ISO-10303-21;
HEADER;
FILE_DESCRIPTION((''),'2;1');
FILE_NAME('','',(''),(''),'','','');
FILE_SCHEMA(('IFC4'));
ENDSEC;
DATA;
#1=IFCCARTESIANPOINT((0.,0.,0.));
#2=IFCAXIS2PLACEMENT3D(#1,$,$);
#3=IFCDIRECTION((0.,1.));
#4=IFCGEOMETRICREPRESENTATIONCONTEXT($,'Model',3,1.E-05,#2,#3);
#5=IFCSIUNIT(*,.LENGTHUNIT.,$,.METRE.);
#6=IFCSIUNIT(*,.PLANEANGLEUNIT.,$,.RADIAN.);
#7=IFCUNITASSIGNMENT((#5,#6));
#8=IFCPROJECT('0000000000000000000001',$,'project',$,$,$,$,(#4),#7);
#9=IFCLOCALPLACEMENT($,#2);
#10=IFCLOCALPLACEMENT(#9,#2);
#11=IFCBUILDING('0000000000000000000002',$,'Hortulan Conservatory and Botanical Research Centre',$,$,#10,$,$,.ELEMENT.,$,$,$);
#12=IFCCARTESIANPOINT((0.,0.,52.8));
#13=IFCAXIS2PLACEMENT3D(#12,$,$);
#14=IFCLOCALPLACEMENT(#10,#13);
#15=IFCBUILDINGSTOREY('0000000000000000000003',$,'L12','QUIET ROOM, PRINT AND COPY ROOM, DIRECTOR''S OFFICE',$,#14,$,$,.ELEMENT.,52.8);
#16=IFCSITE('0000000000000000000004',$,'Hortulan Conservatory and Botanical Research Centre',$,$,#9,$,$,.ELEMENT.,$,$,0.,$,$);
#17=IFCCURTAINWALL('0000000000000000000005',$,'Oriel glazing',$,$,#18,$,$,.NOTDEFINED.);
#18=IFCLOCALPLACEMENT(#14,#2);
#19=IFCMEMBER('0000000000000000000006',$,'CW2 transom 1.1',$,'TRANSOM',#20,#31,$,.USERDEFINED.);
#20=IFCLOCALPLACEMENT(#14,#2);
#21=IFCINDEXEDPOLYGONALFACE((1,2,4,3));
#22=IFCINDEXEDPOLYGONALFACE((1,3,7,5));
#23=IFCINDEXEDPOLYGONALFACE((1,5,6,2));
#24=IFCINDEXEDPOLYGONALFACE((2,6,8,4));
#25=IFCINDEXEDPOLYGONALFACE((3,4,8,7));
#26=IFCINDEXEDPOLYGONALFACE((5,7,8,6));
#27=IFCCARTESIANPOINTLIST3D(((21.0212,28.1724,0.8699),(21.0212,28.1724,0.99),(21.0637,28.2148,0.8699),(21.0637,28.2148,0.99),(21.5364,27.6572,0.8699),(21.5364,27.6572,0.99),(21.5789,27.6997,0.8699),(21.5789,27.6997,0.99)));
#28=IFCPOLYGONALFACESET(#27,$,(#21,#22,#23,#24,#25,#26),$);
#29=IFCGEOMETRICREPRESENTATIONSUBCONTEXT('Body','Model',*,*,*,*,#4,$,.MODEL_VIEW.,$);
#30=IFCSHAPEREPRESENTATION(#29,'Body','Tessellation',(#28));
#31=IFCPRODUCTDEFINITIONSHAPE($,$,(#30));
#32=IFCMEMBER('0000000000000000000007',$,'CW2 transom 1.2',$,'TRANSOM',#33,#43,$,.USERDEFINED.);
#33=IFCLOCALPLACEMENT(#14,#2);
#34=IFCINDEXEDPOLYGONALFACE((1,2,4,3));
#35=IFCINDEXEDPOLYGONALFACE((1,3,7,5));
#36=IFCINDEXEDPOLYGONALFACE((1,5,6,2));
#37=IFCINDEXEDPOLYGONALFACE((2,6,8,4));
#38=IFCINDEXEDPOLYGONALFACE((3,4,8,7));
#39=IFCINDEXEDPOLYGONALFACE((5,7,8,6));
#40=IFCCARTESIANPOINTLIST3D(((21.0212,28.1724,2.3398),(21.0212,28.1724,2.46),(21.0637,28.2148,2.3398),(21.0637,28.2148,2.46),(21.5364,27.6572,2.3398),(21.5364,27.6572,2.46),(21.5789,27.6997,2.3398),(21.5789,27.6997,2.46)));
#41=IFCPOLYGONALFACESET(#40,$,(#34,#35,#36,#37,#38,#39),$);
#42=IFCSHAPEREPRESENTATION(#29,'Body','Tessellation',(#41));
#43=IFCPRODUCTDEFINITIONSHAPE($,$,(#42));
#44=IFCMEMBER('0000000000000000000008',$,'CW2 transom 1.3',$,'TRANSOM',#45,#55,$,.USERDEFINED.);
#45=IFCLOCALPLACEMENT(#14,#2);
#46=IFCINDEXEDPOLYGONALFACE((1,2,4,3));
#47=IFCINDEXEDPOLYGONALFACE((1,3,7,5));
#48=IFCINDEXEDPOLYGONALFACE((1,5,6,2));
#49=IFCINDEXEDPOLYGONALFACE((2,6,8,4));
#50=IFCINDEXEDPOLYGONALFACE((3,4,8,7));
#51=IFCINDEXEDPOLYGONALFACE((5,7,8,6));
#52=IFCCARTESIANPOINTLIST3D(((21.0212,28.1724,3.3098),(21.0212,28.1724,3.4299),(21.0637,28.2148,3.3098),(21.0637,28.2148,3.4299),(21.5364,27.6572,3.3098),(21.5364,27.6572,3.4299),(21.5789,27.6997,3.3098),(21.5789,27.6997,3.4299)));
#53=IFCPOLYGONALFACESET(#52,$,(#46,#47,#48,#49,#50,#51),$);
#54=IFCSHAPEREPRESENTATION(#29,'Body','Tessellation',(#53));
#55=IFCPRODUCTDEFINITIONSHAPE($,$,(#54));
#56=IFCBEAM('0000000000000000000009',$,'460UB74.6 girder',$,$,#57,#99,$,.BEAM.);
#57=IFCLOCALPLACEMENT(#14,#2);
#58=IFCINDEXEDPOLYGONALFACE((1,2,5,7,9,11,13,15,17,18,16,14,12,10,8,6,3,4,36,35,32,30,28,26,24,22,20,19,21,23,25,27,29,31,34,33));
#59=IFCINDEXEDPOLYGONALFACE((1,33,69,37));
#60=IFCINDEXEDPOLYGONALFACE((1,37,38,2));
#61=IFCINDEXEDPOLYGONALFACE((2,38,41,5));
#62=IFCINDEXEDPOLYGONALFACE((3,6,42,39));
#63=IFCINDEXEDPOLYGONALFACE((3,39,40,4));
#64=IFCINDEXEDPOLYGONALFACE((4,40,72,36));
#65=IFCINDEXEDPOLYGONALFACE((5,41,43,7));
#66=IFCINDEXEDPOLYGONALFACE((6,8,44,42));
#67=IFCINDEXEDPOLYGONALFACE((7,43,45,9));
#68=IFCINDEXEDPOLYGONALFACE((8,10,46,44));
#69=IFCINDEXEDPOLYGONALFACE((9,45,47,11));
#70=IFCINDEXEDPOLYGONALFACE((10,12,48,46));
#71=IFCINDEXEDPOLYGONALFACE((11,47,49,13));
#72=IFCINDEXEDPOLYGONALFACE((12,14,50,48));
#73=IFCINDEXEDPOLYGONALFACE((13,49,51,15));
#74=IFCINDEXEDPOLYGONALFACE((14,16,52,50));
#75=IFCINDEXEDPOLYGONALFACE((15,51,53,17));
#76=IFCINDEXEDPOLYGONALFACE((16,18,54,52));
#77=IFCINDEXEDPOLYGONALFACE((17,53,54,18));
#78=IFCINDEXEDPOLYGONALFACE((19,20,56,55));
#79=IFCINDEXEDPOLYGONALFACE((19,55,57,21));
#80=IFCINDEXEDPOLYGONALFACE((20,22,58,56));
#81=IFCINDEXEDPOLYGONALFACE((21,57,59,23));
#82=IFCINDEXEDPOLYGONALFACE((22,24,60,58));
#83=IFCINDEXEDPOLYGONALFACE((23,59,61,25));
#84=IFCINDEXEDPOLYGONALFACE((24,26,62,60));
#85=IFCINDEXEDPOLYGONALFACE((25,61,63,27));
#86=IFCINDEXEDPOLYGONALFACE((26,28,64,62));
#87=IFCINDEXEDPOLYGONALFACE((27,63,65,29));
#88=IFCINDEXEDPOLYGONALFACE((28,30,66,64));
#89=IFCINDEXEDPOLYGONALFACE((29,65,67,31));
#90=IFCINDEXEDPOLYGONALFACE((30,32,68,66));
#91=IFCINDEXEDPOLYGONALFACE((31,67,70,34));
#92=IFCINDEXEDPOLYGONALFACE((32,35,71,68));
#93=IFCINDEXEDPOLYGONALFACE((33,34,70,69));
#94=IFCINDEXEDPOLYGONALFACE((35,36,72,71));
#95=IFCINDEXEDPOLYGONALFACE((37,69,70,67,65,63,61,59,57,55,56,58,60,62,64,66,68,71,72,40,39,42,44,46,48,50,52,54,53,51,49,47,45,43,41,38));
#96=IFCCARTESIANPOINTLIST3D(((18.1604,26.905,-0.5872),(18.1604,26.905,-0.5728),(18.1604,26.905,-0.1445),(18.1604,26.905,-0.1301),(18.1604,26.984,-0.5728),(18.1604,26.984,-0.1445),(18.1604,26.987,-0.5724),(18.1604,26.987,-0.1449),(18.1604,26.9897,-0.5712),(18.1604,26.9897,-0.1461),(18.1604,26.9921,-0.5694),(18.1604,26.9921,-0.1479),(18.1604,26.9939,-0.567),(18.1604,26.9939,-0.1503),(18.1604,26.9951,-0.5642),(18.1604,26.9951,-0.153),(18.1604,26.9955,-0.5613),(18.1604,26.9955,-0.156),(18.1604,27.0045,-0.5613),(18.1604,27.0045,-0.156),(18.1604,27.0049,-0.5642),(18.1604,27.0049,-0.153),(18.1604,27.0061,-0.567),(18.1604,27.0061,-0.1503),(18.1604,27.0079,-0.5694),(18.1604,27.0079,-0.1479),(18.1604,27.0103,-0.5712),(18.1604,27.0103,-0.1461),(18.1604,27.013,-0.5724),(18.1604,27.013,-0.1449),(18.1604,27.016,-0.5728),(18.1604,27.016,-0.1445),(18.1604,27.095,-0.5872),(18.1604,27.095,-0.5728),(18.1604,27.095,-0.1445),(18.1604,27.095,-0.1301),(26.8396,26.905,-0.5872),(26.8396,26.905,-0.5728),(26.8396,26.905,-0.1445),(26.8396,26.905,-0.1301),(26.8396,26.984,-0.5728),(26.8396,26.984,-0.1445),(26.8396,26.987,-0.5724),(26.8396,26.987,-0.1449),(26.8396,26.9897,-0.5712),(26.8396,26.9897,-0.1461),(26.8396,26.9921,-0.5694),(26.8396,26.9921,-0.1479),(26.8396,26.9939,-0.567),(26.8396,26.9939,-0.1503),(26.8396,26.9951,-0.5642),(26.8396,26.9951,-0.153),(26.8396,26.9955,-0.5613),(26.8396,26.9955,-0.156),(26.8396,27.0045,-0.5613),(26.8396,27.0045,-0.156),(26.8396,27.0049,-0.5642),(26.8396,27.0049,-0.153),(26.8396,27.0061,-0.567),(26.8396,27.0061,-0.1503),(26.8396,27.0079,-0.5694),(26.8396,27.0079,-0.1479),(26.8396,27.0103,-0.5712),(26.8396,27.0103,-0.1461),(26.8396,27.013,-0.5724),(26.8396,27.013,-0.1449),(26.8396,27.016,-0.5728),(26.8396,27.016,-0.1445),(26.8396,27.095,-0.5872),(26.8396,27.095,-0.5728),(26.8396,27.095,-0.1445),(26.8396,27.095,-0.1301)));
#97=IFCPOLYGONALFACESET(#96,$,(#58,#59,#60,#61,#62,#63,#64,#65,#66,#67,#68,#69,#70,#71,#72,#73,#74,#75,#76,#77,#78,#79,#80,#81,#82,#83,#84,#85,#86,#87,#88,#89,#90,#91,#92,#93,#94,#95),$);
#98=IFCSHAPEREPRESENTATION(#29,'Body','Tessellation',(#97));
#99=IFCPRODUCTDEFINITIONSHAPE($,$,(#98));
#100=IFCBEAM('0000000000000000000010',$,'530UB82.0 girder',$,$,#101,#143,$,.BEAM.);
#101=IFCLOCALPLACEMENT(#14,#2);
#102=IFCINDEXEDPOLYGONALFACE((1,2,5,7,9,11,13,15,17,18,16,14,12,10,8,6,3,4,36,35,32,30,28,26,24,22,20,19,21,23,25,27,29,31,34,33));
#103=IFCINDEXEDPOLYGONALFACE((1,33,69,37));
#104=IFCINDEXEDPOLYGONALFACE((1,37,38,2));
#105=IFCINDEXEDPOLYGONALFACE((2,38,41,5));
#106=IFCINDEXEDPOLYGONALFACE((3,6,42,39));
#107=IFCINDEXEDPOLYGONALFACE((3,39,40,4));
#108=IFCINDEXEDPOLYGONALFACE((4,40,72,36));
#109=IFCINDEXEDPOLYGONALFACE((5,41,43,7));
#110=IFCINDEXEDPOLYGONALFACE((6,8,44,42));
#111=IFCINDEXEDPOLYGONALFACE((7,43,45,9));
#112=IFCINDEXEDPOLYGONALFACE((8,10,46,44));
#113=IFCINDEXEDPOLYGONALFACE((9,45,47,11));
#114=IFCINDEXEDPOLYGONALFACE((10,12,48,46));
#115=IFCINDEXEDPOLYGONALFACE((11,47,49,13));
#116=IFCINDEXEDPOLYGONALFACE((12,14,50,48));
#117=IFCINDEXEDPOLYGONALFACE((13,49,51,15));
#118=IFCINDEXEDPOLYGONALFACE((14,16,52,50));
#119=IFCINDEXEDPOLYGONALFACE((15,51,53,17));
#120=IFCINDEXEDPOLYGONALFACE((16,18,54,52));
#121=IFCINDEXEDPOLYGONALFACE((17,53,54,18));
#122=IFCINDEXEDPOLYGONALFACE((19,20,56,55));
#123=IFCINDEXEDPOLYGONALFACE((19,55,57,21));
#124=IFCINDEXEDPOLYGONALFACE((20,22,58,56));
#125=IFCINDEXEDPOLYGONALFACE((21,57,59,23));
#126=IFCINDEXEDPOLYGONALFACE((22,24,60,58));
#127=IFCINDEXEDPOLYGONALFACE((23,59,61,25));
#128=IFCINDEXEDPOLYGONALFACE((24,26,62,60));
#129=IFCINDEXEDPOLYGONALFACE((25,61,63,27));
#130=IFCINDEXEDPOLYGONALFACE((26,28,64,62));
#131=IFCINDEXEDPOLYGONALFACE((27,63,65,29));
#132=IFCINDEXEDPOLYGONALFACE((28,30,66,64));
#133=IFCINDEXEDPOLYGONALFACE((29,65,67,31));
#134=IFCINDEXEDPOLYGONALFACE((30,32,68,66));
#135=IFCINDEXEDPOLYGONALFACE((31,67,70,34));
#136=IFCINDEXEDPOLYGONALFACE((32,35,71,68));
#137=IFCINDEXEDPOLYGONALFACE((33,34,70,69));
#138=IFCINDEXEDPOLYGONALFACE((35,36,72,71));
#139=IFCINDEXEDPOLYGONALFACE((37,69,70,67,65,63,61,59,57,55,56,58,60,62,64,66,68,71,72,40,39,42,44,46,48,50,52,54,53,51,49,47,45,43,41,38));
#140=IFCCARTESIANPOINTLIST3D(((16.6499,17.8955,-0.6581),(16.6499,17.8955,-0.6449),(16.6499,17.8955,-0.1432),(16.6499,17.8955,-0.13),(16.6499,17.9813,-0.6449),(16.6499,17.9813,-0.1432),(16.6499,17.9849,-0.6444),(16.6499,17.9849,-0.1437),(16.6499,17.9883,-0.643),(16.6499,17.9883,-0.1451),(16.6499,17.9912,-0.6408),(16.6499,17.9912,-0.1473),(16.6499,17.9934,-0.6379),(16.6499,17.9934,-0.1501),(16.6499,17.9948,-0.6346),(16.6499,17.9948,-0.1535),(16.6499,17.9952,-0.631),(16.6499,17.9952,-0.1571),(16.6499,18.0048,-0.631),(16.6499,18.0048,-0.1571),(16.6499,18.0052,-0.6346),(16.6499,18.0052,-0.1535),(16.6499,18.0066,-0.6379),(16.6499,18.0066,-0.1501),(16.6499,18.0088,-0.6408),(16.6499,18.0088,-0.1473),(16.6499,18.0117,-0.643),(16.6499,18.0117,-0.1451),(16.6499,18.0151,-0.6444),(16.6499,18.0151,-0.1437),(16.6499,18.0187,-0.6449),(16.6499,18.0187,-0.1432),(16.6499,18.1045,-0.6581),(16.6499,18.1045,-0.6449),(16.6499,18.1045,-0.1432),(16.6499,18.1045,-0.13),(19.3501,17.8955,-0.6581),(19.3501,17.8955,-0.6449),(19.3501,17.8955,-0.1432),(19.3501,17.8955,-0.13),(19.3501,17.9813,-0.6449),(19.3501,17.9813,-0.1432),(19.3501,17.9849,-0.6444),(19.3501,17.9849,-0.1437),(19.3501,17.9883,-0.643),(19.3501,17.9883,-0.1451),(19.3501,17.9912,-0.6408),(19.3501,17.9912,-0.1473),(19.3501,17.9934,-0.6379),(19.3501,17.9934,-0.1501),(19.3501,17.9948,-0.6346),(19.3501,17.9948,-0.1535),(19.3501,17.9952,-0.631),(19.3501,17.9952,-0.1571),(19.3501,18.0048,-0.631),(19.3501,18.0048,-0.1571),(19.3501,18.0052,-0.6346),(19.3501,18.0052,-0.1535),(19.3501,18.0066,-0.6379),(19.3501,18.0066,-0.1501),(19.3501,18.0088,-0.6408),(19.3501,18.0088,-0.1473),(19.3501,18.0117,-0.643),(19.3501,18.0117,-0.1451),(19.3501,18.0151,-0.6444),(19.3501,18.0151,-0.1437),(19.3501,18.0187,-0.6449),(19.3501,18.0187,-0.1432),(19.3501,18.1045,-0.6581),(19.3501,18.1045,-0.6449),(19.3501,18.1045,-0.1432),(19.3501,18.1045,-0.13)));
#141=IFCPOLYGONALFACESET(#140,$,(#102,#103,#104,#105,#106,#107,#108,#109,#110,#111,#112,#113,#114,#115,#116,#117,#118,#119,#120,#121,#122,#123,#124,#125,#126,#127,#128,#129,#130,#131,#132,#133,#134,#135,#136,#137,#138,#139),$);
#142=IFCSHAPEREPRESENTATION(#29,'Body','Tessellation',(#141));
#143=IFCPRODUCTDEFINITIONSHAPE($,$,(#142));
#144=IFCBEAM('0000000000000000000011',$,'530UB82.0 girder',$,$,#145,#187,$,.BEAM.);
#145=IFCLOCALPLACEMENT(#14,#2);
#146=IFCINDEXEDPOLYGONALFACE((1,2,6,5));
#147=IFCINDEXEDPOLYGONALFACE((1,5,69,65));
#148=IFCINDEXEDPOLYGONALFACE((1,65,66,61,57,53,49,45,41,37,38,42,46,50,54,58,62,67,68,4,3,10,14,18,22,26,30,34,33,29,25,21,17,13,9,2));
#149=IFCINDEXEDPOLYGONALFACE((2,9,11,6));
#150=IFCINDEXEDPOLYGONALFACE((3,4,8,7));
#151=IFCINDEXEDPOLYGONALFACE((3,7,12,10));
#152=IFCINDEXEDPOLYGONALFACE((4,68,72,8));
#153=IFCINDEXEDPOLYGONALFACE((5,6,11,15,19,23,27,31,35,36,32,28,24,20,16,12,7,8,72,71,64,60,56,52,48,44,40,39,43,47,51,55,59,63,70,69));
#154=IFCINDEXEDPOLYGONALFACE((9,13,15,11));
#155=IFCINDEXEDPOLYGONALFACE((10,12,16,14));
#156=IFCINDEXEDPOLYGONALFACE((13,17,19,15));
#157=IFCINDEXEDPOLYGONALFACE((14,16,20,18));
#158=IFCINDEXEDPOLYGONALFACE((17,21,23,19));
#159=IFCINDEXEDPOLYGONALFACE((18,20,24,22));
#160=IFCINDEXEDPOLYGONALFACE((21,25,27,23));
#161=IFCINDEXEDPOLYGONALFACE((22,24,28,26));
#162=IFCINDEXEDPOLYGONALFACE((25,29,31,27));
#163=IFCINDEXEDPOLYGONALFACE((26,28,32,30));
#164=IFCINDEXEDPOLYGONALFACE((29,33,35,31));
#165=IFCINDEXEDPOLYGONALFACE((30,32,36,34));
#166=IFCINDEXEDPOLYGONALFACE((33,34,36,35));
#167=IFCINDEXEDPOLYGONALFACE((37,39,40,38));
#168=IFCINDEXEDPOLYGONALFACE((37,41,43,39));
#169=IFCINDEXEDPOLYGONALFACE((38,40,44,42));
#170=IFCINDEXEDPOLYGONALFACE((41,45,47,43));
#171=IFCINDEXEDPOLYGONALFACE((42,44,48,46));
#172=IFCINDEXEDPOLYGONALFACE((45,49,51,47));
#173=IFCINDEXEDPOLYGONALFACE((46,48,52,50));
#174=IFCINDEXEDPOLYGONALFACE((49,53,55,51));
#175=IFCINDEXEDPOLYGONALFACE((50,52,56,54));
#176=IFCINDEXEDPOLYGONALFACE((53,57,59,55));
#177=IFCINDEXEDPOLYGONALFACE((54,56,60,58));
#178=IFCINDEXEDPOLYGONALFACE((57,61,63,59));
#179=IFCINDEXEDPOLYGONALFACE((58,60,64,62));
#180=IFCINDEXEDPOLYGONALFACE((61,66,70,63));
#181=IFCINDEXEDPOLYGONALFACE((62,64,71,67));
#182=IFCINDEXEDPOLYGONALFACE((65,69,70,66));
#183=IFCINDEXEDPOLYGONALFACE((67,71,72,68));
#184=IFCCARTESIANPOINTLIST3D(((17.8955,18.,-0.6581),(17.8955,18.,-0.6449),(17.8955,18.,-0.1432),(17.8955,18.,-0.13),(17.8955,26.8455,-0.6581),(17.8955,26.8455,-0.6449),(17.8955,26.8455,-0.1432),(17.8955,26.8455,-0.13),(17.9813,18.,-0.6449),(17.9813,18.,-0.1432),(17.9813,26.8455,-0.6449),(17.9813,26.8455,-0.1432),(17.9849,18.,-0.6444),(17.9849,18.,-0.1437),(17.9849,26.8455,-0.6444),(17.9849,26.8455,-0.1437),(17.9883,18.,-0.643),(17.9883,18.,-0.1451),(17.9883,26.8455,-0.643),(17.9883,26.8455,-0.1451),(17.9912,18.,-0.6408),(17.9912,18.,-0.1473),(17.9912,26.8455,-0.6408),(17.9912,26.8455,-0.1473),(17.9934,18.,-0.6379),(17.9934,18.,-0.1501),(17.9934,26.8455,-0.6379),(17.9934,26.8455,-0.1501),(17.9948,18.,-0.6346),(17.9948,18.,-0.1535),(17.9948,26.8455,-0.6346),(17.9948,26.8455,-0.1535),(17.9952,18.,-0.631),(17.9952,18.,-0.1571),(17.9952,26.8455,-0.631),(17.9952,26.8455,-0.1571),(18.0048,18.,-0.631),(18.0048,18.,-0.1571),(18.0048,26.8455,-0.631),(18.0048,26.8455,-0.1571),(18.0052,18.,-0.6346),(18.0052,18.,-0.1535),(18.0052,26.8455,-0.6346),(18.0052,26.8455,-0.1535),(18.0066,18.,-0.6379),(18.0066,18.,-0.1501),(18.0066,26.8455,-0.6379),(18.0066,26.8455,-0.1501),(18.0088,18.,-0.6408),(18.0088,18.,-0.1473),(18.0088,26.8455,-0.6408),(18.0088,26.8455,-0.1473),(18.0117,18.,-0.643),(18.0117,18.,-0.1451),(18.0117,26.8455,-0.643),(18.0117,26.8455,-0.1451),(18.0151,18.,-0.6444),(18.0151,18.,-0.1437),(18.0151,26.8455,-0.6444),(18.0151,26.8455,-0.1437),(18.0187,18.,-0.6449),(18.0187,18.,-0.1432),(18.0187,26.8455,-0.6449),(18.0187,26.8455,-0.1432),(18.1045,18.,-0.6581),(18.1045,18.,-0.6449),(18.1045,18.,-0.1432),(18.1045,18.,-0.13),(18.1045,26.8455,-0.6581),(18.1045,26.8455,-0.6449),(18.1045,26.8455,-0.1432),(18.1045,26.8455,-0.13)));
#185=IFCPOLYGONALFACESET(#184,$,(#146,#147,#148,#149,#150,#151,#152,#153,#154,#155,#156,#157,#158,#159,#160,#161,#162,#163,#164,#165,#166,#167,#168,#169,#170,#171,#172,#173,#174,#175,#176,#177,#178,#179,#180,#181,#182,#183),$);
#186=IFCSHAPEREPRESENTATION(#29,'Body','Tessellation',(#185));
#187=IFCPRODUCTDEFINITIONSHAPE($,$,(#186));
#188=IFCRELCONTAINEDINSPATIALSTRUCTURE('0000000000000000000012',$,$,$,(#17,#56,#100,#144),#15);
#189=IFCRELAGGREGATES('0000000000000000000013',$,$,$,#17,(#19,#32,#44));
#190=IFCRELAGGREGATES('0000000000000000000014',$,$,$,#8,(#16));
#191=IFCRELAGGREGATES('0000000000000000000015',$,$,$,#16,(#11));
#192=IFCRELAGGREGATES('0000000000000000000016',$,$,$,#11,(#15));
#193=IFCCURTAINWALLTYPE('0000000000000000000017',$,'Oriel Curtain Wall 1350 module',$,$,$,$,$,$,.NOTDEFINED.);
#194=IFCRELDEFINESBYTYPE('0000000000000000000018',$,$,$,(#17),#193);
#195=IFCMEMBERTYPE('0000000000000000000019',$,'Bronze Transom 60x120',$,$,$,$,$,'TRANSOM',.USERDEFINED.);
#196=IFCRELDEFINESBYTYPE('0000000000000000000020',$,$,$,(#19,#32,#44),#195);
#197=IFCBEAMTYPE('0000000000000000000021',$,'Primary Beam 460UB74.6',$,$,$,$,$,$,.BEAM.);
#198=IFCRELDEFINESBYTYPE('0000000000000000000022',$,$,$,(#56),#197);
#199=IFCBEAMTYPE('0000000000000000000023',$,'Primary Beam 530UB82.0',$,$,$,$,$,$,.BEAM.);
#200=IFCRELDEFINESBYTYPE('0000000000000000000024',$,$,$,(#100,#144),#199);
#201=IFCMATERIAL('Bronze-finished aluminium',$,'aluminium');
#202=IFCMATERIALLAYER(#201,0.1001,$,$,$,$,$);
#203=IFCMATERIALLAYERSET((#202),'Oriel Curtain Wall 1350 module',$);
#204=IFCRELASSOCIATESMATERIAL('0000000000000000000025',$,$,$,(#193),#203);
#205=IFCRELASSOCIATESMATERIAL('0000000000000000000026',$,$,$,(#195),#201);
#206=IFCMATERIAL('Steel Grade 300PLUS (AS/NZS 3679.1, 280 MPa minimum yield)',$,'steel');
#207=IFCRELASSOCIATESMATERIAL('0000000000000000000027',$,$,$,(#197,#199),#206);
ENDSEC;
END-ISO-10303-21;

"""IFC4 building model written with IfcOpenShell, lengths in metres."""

from ifc_helpers import new_model, si_unit, direction, frame, origin, origin_2d, place, context, subcontext, project, spatial, rectangle, i_section, extrude, material, layer, layer_set, material_profile, profile_set, type_object, element, aggregate, save


model = new_model("IFC4")

# Units and contexts
model_context = context("Model", 3, precision=1e-05, world=origin(), true_north=direction((0.0, 1.0)))
body_context = subcontext(model_context, "Body", "Model", "MODEL_VIEW")
ifc_project = project(units=[si_unit("LENGTHUNIT", "METRE"), si_unit("PLANEANGLEUNIT", "RADIAN")], contexts=[model_context])

# Site, building, storey
site_placement = place(None, origin())
site = spatial("IfcSite", under=ifc_project, at=site_placement, Name="Hortulan Conservatory and Botanical Research Centre", CompositionType="ELEMENT", RefElevation=0.0)
building_placement = place(site_placement, origin())
building = spatial("IfcBuilding", under=site, at=building_placement, Name="Hortulan Conservatory and Botanical Research Centre", CompositionType="ELEMENT")
storey_placement = place(building_placement, frame((0.0, 0.0, 52.8)))
storey = spatial("IfcBuildingStorey", under=building, at=storey_placement, Name="L12", Description="QUIET ROOM, PRINT AND COPY ROOM, DIRECTOR'S OFFICE", CompositionType="ELEMENT", Elevation=52.8)

# Shared definitions
ifc_material_1 = material(Name="Steel Grade 300PLUS (AS/NZS 3679.1, 280 MPa minimum yield)", Category="steel")

# Shared definitions
ifc_material_2 = material(Name="Bronze-finished aluminium", Category="aluminium")
ifc_layer_1 = layer(ifc_material_2, 0.1001)
ifc_layer_set_1 = layer_set([ifc_layer_1], Name="Oriel Curtain Wall 1350 module")
curtain_wall_type = type_object("IfcCurtainWallType", Name="Oriel Curtain Wall 1350 module", PredefinedType="NOTDEFINED", material=ifc_layer_set_1)

# Curtain wall
curtain_wall_1_placement = place(storey_placement, origin())
curtain_wall_1 = element("IfcCurtainWall", 1, at=curtain_wall_1_placement, inside=storey, type_object=curtain_wall_type, Name="Oriel glazing", PredefinedType="NOTDEFINED")

# Members
ifc_material_profile_1 = material_profile(ifc_material_2, rectangle(XDim=0.0601, YDim=0.1201, at=origin_2d()), Name="Bronze Transom 60x120")
ifc_profile_set_1 = profile_set([ifc_material_profile_1], Name="Bronze-finished aluminium")
member_type_1 = type_object("IfcMemberType", Name="Bronze Transom 60x120", ElementType="TRANSOM", PredefinedType="USERDEFINED", material=ifc_profile_set_1)
member_1_placement = place(storey_placement, frame((21.0425, 28.1936, 0.9299), z_axis=(0.707107, -0.707107, 0.0), x_axis=(0.707107, 0.707107, 0.0)))
member_1 = element("IfcMember", 2, at=member_1_placement, type_object=member_type_1, Name="CW2 transom 1.1", ObjectType="TRANSOM", PredefinedType="USERDEFINED", context=body_context, shape_type="SweptSolid", body=[
    extrude(rectangle(XDim=0.0601, YDim=0.1201, at=origin_2d()), origin(), (0.0, 0.0, 1.0), 0.7285),
])
member_2_placement = place(storey_placement, frame((21.0425, 28.1936, 2.3999), z_axis=(0.707107, -0.707107, 0.0), x_axis=(0.707107, 0.707107, 0.0)))
member_2 = element("IfcMember", 3, at=member_2_placement, type_object=member_type_1, Name="CW2 transom 1.2", ObjectType="TRANSOM", PredefinedType="USERDEFINED", context=body_context, shape_type="SweptSolid", body=[
    extrude(rectangle(XDim=0.0601, YDim=0.1201, at=origin_2d()), origin(), (0.0, 0.0, 1.0), 0.7285),
])
member_3_placement = place(storey_placement, frame((21.0425, 28.1936, 3.3699), z_axis=(0.707107, -0.707107, 0.0), x_axis=(0.707107, 0.707107, 0.0)))
member_3 = element("IfcMember", 4, at=member_3_placement, type_object=member_type_1, Name="CW2 transom 1.3", ObjectType="TRANSOM", PredefinedType="USERDEFINED", context=body_context, shape_type="SweptSolid", body=[
    extrude(rectangle(XDim=0.0601, YDim=0.1201, at=origin_2d()), origin(), (0.0, 0.0, 1.0), 0.7285),
])

# Beams
ifc_material_profile_2 = material_profile(ifc_material_1, i_section(OverallWidth=0.1899, OverallDepth=0.457, WebThickness=0.009, FlangeThickness=0.0144, FilletRadius=0.0115, at=origin_2d()), Name="460UB74.6")
ifc_profile_set_2 = profile_set([ifc_material_profile_2], Name="Steel Grade 300PLUS (AS/NZS 3679.1, 280 MPa minimum yield)")
beam_type_1 = type_object("IfcBeamType", Name="Primary Beam 460UB74.6", PredefinedType="BEAM", material=ifc_profile_set_2)
beam_1_placement = place(storey_placement, frame((18.1604, 27.0, -0.3586), z_axis=(1.0, 0.0, 0.0), x_axis=(0.0, 1.0, 0.0)))
element("IfcBeam", 5, at=beam_1_placement, inside=storey, type_object=beam_type_1, Name="460UB74.6 girder", PredefinedType="BEAM", context=body_context, shape_type="SweptSolid", body=[
    extrude(i_section(OverallWidth=0.1899, OverallDepth=0.457, WebThickness=0.009, FlangeThickness=0.0144, FilletRadius=0.0115, at=origin_2d()), origin(), (0.0, 0.0, 1.0), 8.6792),
])
ifc_material_profile_3 = material_profile(ifc_material_1, i_section(OverallWidth=0.209, OverallDepth=0.5281, WebThickness=0.0095, FlangeThickness=0.0132, FilletRadius=0.0139, at=origin_2d()), Name="530UB82.0")
ifc_profile_set_3 = profile_set([ifc_material_profile_3], Name="Steel Grade 300PLUS (AS/NZS 3679.1, 280 MPa minimum yield)")
beam_type_2 = type_object("IfcBeamType", Name="Primary Beam 530UB82.0", PredefinedType="BEAM", material=ifc_profile_set_3)
beam_2_placement = place(storey_placement, frame((16.6499, 18.0, -0.394), z_axis=(1.0, 0.0, 0.0), x_axis=(0.0, 1.0, 0.0)))
element("IfcBeam", 6, at=beam_2_placement, inside=storey, type_object=beam_type_2, Name="530UB82.0 girder", PredefinedType="BEAM", context=body_context, shape_type="SweptSolid", body=[
    extrude(i_section(OverallWidth=0.209, OverallDepth=0.5281, WebThickness=0.0095, FlangeThickness=0.0132, FilletRadius=0.0139, at=origin_2d()), origin(), (0.0, 0.0, 1.0), 2.7002),
])
beam_3_placement = place(storey_placement, frame((18.0, 18.0, -0.394), z_axis=(0.0, 1.0, 0.0), x_axis=(-1.0, 0.0, 0.0)))
element("IfcBeam", 7, at=beam_3_placement, inside=storey, type_object=beam_type_2, Name="530UB82.0 girder", PredefinedType="BEAM", context=body_context, shape_type="SweptSolid", body=[
    extrude(i_section(OverallWidth=0.209, OverallDepth=0.5281, WebThickness=0.0095, FlangeThickness=0.0132, FilletRadius=0.0139, at=origin_2d()), origin(), (0.0, 0.0, 1.0), 8.8455),
])

aggregate(curtain_wall_1, [member_1, member_2, member_3])

save(model, "model.ifc")
